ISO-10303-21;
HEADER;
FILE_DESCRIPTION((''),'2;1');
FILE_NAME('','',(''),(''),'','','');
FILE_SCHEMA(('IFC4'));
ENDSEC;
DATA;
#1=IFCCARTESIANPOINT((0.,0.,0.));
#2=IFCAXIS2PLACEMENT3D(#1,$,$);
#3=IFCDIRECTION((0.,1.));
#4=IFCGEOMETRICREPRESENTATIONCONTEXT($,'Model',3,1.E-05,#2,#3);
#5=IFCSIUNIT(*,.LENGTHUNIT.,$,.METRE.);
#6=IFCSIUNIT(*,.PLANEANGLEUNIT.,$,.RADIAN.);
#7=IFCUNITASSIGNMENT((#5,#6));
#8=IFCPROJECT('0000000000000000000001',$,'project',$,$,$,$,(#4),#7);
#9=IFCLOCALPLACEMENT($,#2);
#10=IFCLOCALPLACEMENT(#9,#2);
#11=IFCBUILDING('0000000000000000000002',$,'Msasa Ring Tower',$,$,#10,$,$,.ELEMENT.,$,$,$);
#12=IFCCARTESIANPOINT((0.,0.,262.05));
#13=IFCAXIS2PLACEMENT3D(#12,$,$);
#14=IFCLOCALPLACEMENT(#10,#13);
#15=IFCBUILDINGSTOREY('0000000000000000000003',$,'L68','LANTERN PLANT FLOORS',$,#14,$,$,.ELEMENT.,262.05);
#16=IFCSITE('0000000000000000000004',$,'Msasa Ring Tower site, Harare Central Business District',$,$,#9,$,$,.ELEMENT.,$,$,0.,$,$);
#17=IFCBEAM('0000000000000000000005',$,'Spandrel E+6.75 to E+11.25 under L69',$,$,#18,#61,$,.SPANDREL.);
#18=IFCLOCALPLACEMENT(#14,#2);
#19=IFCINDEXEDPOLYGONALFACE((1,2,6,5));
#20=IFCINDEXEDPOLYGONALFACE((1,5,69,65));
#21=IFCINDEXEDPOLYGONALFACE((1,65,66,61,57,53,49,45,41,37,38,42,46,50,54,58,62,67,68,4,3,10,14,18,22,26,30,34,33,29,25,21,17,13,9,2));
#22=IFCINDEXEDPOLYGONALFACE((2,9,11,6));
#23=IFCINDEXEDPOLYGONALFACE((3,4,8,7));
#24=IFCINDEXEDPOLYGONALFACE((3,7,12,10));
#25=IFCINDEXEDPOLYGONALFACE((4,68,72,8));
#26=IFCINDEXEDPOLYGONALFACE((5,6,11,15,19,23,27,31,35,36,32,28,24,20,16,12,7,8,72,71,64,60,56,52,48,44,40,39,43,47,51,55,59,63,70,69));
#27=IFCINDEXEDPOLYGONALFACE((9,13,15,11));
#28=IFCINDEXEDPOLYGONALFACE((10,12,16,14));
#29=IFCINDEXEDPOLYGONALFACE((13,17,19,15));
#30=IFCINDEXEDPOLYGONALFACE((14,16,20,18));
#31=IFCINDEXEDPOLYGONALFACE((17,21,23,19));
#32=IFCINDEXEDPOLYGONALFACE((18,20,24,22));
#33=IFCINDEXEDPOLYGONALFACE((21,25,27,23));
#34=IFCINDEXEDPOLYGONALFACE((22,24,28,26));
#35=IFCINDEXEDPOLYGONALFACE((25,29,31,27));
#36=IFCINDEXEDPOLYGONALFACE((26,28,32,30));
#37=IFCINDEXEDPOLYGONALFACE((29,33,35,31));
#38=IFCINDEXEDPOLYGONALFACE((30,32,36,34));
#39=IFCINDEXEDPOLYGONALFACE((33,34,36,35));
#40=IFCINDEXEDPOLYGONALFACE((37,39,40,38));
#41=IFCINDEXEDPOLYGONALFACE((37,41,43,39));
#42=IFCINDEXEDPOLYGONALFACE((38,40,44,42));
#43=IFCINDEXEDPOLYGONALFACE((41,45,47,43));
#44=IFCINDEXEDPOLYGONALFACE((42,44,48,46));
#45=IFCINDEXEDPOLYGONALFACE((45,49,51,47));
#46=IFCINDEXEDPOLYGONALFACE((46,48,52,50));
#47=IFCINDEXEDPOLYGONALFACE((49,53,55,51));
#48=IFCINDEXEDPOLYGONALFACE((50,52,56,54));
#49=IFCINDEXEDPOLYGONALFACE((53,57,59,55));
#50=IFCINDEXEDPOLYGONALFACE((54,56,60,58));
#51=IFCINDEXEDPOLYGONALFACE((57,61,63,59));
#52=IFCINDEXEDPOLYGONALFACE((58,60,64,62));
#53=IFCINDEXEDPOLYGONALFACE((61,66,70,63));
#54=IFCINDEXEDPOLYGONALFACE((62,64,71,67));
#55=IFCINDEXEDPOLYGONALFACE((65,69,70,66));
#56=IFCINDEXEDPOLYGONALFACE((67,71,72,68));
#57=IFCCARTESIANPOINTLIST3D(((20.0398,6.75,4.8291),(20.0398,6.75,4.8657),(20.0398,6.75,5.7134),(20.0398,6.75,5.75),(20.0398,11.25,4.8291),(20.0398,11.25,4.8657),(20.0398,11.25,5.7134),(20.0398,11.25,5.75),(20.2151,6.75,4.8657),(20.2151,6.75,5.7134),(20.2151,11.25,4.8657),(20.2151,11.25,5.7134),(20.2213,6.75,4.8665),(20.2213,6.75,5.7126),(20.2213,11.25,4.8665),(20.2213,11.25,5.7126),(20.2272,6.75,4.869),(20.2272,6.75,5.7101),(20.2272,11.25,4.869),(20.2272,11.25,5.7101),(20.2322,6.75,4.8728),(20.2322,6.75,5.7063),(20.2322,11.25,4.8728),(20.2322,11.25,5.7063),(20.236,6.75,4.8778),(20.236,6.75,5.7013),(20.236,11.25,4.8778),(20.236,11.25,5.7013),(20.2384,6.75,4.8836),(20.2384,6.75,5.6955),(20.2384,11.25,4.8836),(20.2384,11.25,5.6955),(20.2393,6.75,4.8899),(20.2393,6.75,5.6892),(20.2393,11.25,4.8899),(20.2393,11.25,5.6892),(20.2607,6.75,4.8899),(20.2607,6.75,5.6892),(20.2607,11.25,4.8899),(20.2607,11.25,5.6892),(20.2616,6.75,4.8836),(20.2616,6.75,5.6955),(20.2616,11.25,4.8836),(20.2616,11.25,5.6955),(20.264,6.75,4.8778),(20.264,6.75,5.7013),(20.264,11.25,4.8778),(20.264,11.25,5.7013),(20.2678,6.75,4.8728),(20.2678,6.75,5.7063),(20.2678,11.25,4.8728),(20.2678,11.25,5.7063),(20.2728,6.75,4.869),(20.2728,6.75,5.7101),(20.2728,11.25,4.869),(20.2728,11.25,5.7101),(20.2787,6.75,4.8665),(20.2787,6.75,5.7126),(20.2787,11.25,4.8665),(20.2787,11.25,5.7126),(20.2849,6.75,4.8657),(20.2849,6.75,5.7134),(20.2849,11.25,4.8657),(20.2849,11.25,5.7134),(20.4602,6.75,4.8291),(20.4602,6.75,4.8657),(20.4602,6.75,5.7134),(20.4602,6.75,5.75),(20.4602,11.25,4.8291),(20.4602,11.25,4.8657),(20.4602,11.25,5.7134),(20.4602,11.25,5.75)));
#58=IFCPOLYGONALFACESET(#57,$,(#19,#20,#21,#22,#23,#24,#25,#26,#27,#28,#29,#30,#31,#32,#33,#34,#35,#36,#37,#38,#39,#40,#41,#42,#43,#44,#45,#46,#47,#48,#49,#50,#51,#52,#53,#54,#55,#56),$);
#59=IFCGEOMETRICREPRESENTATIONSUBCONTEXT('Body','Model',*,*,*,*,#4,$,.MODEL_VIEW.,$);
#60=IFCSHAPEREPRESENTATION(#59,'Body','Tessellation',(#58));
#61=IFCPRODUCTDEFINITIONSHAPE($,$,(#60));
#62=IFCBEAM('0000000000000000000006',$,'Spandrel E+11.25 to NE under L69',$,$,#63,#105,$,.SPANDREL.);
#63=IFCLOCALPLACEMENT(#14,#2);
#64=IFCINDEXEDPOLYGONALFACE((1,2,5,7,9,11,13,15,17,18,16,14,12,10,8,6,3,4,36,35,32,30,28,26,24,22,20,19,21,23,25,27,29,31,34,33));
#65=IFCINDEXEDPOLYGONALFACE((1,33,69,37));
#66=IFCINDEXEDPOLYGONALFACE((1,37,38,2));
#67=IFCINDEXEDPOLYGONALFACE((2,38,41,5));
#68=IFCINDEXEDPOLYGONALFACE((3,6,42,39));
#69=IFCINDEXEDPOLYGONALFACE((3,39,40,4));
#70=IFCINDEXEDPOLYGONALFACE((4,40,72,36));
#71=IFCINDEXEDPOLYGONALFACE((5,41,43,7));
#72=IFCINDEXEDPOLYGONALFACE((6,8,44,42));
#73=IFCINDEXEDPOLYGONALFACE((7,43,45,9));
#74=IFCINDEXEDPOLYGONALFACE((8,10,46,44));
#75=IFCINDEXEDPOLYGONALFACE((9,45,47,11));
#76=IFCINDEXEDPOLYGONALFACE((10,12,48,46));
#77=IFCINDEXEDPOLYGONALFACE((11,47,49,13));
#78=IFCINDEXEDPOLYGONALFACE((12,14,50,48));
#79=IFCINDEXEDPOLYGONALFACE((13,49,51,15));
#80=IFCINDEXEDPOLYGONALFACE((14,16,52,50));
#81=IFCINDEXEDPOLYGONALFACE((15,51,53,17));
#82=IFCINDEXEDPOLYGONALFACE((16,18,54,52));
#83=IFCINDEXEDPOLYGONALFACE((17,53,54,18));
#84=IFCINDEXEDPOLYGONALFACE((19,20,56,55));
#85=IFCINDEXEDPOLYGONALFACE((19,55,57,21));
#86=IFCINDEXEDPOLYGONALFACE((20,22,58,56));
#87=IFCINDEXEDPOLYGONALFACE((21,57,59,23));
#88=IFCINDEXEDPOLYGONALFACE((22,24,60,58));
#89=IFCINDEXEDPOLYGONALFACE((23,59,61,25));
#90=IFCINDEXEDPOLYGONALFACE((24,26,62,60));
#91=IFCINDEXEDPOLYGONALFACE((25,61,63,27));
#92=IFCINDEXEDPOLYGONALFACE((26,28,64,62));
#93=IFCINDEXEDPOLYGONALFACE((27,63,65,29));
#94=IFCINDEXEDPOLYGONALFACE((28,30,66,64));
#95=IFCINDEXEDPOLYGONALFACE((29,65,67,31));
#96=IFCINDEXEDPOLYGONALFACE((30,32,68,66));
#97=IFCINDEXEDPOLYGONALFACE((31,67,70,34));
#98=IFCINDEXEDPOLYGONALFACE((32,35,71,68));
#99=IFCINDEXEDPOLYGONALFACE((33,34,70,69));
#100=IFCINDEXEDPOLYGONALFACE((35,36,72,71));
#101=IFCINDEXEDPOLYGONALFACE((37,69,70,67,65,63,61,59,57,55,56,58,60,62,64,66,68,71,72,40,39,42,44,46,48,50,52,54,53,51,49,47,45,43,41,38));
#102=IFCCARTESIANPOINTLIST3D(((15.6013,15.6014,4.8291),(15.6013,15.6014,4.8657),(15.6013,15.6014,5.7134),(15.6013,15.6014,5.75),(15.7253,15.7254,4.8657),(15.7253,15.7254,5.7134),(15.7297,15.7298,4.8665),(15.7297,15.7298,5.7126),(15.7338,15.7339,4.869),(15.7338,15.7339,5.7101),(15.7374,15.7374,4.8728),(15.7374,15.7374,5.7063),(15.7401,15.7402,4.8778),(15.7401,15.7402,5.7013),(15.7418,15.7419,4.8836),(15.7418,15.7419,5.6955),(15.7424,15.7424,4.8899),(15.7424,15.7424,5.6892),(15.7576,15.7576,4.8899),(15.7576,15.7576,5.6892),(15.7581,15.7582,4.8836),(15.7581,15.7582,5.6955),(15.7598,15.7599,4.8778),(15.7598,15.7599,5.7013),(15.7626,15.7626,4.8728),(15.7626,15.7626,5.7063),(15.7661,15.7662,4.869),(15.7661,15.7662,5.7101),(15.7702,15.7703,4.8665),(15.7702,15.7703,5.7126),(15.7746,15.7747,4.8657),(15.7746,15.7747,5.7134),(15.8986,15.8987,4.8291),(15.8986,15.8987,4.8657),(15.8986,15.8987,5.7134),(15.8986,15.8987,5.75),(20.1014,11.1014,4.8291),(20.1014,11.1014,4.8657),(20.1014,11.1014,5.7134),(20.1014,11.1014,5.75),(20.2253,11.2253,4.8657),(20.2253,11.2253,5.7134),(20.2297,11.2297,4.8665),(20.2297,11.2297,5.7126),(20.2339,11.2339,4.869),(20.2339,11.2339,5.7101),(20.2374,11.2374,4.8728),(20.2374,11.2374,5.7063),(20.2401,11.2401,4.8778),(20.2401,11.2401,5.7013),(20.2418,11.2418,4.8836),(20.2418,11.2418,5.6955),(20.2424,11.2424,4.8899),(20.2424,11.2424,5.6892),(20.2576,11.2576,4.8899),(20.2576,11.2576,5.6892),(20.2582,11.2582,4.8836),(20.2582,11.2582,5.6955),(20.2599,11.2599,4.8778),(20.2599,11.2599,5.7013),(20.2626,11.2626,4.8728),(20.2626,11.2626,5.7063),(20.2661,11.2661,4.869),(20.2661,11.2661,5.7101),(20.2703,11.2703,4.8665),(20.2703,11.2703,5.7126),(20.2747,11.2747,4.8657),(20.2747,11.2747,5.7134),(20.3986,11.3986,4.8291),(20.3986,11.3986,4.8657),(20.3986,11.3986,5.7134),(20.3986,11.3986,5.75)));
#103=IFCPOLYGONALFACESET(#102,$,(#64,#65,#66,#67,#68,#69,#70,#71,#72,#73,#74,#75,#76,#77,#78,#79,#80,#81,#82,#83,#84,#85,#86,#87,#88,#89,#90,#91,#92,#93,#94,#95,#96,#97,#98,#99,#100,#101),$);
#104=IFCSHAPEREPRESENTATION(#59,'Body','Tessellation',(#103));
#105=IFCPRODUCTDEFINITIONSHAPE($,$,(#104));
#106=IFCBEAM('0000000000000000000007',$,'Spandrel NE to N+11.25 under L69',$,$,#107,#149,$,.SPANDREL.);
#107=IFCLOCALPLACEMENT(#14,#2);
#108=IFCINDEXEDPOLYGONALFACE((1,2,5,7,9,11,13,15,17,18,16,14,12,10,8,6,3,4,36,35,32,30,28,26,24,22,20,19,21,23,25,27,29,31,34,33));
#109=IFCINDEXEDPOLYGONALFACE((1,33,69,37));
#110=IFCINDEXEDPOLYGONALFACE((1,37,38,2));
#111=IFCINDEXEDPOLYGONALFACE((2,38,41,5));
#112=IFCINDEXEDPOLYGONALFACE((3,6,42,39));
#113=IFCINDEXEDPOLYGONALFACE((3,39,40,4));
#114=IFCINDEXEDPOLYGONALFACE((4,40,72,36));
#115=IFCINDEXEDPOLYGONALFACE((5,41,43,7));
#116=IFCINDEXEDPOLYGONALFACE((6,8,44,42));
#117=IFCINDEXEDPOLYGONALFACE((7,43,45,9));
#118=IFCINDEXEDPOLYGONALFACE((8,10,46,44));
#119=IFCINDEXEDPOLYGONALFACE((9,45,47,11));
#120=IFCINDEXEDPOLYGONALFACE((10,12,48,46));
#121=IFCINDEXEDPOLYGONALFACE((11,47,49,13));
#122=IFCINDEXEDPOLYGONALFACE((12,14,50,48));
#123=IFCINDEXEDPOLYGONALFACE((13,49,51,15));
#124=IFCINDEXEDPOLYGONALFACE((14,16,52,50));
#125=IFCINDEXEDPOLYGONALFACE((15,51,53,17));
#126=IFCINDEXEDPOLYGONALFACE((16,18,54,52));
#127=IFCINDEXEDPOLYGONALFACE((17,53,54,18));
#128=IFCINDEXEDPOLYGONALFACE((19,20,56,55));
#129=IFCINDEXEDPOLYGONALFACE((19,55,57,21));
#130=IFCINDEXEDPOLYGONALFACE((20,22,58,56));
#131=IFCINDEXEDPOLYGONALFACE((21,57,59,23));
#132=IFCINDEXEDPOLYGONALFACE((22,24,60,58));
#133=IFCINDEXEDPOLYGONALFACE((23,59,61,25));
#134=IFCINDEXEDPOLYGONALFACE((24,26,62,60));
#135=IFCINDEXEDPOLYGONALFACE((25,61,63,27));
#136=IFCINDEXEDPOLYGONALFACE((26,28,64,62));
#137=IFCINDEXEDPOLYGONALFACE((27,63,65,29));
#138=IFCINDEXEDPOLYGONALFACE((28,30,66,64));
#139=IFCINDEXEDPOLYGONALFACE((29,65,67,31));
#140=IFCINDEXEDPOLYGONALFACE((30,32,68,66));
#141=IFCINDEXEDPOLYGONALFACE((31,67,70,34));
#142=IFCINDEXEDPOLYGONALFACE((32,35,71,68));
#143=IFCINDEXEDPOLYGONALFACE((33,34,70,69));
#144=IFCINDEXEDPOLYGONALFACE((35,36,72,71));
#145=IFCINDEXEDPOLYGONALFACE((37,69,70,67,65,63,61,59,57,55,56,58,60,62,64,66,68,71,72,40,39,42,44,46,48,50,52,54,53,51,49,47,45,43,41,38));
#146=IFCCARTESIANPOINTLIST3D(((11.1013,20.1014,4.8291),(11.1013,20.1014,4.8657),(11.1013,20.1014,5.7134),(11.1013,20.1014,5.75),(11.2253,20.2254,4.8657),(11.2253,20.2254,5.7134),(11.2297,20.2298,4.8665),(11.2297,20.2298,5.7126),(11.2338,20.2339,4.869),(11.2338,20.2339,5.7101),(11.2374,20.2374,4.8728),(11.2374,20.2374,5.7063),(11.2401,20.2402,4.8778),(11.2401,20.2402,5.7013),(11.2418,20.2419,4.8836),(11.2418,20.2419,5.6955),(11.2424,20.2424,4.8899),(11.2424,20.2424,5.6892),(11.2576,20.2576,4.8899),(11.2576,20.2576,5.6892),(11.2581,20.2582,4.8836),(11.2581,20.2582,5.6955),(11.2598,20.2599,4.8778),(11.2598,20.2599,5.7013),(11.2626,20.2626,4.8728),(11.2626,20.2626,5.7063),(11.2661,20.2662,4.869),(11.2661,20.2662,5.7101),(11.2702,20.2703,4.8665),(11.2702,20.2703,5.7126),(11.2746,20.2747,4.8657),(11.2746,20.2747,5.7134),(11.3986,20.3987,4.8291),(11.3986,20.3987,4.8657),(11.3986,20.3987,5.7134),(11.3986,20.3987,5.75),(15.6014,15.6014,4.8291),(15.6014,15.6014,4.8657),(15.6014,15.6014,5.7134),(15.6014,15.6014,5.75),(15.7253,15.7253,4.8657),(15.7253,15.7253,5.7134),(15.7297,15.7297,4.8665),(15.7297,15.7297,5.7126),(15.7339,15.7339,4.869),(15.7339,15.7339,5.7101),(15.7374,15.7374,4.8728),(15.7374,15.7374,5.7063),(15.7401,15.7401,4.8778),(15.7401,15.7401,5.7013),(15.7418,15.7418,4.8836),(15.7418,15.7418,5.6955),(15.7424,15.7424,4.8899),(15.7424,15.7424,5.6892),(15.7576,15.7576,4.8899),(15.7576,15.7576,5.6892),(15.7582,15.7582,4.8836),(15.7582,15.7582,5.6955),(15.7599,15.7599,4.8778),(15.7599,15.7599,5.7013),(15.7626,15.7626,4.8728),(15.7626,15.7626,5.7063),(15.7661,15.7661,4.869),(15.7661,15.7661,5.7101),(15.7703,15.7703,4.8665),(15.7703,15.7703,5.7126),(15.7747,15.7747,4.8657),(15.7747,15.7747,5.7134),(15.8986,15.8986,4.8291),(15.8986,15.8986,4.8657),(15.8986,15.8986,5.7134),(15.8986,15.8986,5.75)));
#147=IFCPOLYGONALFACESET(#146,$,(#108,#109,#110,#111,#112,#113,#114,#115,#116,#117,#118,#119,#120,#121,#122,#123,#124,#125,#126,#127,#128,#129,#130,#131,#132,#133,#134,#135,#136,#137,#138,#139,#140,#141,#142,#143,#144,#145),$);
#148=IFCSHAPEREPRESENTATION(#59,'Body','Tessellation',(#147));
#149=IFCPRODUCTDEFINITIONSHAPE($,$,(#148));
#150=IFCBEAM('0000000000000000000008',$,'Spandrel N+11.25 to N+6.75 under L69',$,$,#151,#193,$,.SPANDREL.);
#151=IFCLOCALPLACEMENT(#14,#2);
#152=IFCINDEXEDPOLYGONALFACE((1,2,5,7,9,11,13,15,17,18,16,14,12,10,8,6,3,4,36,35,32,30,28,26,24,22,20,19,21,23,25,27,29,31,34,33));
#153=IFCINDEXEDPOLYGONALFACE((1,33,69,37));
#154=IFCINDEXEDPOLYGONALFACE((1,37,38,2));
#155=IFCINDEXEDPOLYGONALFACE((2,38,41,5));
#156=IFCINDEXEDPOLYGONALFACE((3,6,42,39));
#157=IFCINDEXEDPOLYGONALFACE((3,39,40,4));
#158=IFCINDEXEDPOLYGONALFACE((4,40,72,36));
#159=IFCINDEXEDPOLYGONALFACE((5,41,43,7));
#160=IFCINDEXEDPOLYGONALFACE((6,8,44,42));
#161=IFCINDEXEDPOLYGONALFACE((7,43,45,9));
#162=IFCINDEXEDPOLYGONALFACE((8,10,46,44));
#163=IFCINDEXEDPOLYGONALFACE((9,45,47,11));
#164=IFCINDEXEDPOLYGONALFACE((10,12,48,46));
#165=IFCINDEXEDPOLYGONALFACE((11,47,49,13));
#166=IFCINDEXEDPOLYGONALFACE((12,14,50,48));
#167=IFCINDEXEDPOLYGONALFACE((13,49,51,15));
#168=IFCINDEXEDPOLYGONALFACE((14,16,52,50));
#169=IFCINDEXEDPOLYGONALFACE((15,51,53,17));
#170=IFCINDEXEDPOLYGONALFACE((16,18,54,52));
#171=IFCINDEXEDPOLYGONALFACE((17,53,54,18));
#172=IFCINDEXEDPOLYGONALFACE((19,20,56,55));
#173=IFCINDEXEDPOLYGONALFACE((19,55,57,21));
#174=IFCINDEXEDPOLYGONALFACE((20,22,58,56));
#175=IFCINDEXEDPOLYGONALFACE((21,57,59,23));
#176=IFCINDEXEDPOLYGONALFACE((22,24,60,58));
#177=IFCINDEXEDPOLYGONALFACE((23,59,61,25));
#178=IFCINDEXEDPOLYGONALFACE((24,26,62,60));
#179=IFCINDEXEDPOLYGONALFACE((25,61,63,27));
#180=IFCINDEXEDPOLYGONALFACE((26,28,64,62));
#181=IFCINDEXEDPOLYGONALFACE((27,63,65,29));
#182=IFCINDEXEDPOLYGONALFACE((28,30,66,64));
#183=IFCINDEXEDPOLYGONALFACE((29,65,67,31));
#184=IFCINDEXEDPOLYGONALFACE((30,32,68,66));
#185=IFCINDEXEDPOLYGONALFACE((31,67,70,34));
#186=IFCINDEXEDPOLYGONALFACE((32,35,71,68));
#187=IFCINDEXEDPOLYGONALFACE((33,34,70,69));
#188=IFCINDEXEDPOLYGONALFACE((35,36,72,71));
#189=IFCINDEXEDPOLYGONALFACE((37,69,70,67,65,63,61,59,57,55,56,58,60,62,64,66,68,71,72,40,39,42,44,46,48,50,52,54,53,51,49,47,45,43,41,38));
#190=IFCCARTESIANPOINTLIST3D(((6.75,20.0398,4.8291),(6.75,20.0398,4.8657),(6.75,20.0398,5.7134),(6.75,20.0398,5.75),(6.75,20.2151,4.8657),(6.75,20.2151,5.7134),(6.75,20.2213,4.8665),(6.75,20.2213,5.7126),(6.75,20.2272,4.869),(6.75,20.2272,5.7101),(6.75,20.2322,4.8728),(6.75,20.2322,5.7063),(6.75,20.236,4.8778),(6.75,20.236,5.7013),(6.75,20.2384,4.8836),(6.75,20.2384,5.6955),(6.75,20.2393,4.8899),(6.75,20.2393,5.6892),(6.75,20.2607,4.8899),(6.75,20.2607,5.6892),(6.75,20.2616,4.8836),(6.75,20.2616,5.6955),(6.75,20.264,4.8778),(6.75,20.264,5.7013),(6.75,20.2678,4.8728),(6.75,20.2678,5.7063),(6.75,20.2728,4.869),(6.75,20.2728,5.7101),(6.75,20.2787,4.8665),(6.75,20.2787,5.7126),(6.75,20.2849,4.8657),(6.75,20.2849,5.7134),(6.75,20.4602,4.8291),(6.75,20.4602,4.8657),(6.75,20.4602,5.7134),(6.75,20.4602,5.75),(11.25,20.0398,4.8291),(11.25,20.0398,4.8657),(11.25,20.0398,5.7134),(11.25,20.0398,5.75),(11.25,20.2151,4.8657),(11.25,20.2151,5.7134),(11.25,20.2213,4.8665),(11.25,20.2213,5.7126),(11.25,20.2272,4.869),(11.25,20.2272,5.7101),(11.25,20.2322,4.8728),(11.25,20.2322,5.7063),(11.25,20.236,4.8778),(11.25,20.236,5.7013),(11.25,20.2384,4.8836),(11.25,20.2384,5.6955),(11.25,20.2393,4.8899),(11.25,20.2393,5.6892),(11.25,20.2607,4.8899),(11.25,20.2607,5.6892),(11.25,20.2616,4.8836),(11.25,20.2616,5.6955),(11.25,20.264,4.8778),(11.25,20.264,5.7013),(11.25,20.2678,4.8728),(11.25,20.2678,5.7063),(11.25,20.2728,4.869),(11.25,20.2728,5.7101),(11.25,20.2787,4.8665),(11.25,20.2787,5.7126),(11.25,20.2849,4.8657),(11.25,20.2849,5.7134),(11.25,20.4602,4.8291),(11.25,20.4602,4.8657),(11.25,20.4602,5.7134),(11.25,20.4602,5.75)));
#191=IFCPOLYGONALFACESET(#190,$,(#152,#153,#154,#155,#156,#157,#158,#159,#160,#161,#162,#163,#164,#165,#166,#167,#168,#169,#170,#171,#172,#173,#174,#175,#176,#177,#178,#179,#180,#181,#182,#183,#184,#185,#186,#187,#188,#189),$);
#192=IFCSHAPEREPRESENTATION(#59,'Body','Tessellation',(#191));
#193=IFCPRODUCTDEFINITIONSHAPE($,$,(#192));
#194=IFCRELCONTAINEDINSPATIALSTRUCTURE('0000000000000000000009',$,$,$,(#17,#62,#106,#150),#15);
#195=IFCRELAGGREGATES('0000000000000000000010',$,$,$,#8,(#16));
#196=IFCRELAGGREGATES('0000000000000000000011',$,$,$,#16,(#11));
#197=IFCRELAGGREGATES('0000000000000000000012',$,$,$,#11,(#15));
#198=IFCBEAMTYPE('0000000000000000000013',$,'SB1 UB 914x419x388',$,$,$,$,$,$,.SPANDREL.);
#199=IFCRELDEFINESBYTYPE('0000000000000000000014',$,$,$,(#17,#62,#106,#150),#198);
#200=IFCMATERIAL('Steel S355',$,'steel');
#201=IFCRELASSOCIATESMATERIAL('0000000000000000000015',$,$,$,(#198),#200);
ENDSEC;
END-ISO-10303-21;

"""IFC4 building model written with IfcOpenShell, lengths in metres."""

from ifc_helpers import new_model, si_unit, direction, frame, origin, origin_2d, place, context, subcontext, project, spatial, i_section, extrude, material, material_profile, profile_set, type_object, element, save


model = new_model("IFC4")

# Units and contexts
model_context = context("Model", 3, precision=1e-05, world=origin(), true_north=direction((0.0, 1.0)))
body_context = subcontext(model_context, "Body", "Model", "MODEL_VIEW")
ifc_project = project(units=[si_unit("LENGTHUNIT", "METRE"), si_unit("PLANEANGLEUNIT", "RADIAN")], contexts=[model_context])

# Site, building, storey
site_placement = place(None, origin())
site = spatial("IfcSite", under=ifc_project, at=site_placement, Name="Msasa Ring Tower site, Harare Central Business District", CompositionType="ELEMENT", RefElevation=0.0)
building_placement = place(site_placement, origin())
building = spatial("IfcBuilding", under=site, at=building_placement, Name="Msasa Ring Tower", CompositionType="ELEMENT")
storey_placement = place(building_placement, frame((0.0, 0.0, 262.05)))
storey = spatial("IfcBuildingStorey", under=building, at=storey_placement, Name="L68", Description="LANTERN PLANT FLOORS", CompositionType="ELEMENT", Elevation=262.05)

# Beams
ifc_material_1 = material(Name="Steel S355", Category="steel")
ifc_material_profile_1 = material_profile(ifc_material_1, i_section(OverallWidth=0.4204, OverallDepth=0.9209, WebThickness=0.0215, FlangeThickness=0.0366, FilletRadius=0.0242, at=origin_2d()), Name="UB 914x419x388")
ifc_profile_set_1 = profile_set([ifc_material_profile_1], Name="Steel S355")
beam_type_1 = type_object("IfcBeamType", Name="SB1 UB 914x419x388", PredefinedType="SPANDREL", material=ifc_profile_set_1)
beam_1_placement = place(storey_placement, frame((20.25, 6.75, 5.2896), z_axis=(0.0, 1.0, 0.0), x_axis=(-1.0, 0.0, 0.0)))
element("IfcBeam", 1, at=beam_1_placement, inside=storey, type_object=beam_type_1, Name="Spandrel E+6.75 to E+11.25 under L69", PredefinedType="SPANDREL", context=body_context, shape_type="SweptSolid", body=[
    extrude(i_section(OverallWidth=0.4204, OverallDepth=0.9209, WebThickness=0.0215, FlangeThickness=0.0366, FilletRadius=0.0242, at=origin_2d()), origin(), (0.0, 0.0, 1.0), 4.5),
])
for number, where, z_axis, x_axis, name in (
    (2, (20.25, 11.25, 5.2896), (-0.707107, 0.707107, 0.0), (-0.707107, -0.707107, 0.0), "Spandrel E+11.25 to NE under L69"),
    (3, (15.75, 15.75, 5.2896), (-0.707107, 0.707107, 0.0), (-0.707107, -0.707107, 0.0), "Spandrel NE to N+11.25 under L69"),
):
    element("IfcBeam", number, at=place(storey_placement, frame(where, z_axis=z_axis, x_axis=x_axis)), inside=storey, type_object=beam_type_1, Name=name, PredefinedType="SPANDREL", context=body_context, shape_type="SweptSolid", body=[
        extrude(i_section(OverallWidth=0.4204, OverallDepth=0.9209, WebThickness=0.0215, FlangeThickness=0.0366, FilletRadius=0.0242, at=origin_2d()), origin(), (0.0, 0.0, 1.0), 6.364),
    ])
beam_2_placement = place(storey_placement, frame((11.25, 20.25, 5.2896), z_axis=(-1.0, 0.0, 0.0), x_axis=(0.0, -1.0, 0.0)))
element("IfcBeam", 4, at=beam_2_placement, inside=storey, type_object=beam_type_1, Name="Spandrel N+11.25 to N+6.75 under L69", PredefinedType="SPANDREL", context=body_context, shape_type="SweptSolid", body=[
    extrude(i_section(OverallWidth=0.4204, OverallDepth=0.9209, WebThickness=0.0215, FlangeThickness=0.0366, FilletRadius=0.0242, at=origin_2d()), origin(), (0.0, 0.0, 1.0), 4.5),
])

save(model, "model.ifc")
